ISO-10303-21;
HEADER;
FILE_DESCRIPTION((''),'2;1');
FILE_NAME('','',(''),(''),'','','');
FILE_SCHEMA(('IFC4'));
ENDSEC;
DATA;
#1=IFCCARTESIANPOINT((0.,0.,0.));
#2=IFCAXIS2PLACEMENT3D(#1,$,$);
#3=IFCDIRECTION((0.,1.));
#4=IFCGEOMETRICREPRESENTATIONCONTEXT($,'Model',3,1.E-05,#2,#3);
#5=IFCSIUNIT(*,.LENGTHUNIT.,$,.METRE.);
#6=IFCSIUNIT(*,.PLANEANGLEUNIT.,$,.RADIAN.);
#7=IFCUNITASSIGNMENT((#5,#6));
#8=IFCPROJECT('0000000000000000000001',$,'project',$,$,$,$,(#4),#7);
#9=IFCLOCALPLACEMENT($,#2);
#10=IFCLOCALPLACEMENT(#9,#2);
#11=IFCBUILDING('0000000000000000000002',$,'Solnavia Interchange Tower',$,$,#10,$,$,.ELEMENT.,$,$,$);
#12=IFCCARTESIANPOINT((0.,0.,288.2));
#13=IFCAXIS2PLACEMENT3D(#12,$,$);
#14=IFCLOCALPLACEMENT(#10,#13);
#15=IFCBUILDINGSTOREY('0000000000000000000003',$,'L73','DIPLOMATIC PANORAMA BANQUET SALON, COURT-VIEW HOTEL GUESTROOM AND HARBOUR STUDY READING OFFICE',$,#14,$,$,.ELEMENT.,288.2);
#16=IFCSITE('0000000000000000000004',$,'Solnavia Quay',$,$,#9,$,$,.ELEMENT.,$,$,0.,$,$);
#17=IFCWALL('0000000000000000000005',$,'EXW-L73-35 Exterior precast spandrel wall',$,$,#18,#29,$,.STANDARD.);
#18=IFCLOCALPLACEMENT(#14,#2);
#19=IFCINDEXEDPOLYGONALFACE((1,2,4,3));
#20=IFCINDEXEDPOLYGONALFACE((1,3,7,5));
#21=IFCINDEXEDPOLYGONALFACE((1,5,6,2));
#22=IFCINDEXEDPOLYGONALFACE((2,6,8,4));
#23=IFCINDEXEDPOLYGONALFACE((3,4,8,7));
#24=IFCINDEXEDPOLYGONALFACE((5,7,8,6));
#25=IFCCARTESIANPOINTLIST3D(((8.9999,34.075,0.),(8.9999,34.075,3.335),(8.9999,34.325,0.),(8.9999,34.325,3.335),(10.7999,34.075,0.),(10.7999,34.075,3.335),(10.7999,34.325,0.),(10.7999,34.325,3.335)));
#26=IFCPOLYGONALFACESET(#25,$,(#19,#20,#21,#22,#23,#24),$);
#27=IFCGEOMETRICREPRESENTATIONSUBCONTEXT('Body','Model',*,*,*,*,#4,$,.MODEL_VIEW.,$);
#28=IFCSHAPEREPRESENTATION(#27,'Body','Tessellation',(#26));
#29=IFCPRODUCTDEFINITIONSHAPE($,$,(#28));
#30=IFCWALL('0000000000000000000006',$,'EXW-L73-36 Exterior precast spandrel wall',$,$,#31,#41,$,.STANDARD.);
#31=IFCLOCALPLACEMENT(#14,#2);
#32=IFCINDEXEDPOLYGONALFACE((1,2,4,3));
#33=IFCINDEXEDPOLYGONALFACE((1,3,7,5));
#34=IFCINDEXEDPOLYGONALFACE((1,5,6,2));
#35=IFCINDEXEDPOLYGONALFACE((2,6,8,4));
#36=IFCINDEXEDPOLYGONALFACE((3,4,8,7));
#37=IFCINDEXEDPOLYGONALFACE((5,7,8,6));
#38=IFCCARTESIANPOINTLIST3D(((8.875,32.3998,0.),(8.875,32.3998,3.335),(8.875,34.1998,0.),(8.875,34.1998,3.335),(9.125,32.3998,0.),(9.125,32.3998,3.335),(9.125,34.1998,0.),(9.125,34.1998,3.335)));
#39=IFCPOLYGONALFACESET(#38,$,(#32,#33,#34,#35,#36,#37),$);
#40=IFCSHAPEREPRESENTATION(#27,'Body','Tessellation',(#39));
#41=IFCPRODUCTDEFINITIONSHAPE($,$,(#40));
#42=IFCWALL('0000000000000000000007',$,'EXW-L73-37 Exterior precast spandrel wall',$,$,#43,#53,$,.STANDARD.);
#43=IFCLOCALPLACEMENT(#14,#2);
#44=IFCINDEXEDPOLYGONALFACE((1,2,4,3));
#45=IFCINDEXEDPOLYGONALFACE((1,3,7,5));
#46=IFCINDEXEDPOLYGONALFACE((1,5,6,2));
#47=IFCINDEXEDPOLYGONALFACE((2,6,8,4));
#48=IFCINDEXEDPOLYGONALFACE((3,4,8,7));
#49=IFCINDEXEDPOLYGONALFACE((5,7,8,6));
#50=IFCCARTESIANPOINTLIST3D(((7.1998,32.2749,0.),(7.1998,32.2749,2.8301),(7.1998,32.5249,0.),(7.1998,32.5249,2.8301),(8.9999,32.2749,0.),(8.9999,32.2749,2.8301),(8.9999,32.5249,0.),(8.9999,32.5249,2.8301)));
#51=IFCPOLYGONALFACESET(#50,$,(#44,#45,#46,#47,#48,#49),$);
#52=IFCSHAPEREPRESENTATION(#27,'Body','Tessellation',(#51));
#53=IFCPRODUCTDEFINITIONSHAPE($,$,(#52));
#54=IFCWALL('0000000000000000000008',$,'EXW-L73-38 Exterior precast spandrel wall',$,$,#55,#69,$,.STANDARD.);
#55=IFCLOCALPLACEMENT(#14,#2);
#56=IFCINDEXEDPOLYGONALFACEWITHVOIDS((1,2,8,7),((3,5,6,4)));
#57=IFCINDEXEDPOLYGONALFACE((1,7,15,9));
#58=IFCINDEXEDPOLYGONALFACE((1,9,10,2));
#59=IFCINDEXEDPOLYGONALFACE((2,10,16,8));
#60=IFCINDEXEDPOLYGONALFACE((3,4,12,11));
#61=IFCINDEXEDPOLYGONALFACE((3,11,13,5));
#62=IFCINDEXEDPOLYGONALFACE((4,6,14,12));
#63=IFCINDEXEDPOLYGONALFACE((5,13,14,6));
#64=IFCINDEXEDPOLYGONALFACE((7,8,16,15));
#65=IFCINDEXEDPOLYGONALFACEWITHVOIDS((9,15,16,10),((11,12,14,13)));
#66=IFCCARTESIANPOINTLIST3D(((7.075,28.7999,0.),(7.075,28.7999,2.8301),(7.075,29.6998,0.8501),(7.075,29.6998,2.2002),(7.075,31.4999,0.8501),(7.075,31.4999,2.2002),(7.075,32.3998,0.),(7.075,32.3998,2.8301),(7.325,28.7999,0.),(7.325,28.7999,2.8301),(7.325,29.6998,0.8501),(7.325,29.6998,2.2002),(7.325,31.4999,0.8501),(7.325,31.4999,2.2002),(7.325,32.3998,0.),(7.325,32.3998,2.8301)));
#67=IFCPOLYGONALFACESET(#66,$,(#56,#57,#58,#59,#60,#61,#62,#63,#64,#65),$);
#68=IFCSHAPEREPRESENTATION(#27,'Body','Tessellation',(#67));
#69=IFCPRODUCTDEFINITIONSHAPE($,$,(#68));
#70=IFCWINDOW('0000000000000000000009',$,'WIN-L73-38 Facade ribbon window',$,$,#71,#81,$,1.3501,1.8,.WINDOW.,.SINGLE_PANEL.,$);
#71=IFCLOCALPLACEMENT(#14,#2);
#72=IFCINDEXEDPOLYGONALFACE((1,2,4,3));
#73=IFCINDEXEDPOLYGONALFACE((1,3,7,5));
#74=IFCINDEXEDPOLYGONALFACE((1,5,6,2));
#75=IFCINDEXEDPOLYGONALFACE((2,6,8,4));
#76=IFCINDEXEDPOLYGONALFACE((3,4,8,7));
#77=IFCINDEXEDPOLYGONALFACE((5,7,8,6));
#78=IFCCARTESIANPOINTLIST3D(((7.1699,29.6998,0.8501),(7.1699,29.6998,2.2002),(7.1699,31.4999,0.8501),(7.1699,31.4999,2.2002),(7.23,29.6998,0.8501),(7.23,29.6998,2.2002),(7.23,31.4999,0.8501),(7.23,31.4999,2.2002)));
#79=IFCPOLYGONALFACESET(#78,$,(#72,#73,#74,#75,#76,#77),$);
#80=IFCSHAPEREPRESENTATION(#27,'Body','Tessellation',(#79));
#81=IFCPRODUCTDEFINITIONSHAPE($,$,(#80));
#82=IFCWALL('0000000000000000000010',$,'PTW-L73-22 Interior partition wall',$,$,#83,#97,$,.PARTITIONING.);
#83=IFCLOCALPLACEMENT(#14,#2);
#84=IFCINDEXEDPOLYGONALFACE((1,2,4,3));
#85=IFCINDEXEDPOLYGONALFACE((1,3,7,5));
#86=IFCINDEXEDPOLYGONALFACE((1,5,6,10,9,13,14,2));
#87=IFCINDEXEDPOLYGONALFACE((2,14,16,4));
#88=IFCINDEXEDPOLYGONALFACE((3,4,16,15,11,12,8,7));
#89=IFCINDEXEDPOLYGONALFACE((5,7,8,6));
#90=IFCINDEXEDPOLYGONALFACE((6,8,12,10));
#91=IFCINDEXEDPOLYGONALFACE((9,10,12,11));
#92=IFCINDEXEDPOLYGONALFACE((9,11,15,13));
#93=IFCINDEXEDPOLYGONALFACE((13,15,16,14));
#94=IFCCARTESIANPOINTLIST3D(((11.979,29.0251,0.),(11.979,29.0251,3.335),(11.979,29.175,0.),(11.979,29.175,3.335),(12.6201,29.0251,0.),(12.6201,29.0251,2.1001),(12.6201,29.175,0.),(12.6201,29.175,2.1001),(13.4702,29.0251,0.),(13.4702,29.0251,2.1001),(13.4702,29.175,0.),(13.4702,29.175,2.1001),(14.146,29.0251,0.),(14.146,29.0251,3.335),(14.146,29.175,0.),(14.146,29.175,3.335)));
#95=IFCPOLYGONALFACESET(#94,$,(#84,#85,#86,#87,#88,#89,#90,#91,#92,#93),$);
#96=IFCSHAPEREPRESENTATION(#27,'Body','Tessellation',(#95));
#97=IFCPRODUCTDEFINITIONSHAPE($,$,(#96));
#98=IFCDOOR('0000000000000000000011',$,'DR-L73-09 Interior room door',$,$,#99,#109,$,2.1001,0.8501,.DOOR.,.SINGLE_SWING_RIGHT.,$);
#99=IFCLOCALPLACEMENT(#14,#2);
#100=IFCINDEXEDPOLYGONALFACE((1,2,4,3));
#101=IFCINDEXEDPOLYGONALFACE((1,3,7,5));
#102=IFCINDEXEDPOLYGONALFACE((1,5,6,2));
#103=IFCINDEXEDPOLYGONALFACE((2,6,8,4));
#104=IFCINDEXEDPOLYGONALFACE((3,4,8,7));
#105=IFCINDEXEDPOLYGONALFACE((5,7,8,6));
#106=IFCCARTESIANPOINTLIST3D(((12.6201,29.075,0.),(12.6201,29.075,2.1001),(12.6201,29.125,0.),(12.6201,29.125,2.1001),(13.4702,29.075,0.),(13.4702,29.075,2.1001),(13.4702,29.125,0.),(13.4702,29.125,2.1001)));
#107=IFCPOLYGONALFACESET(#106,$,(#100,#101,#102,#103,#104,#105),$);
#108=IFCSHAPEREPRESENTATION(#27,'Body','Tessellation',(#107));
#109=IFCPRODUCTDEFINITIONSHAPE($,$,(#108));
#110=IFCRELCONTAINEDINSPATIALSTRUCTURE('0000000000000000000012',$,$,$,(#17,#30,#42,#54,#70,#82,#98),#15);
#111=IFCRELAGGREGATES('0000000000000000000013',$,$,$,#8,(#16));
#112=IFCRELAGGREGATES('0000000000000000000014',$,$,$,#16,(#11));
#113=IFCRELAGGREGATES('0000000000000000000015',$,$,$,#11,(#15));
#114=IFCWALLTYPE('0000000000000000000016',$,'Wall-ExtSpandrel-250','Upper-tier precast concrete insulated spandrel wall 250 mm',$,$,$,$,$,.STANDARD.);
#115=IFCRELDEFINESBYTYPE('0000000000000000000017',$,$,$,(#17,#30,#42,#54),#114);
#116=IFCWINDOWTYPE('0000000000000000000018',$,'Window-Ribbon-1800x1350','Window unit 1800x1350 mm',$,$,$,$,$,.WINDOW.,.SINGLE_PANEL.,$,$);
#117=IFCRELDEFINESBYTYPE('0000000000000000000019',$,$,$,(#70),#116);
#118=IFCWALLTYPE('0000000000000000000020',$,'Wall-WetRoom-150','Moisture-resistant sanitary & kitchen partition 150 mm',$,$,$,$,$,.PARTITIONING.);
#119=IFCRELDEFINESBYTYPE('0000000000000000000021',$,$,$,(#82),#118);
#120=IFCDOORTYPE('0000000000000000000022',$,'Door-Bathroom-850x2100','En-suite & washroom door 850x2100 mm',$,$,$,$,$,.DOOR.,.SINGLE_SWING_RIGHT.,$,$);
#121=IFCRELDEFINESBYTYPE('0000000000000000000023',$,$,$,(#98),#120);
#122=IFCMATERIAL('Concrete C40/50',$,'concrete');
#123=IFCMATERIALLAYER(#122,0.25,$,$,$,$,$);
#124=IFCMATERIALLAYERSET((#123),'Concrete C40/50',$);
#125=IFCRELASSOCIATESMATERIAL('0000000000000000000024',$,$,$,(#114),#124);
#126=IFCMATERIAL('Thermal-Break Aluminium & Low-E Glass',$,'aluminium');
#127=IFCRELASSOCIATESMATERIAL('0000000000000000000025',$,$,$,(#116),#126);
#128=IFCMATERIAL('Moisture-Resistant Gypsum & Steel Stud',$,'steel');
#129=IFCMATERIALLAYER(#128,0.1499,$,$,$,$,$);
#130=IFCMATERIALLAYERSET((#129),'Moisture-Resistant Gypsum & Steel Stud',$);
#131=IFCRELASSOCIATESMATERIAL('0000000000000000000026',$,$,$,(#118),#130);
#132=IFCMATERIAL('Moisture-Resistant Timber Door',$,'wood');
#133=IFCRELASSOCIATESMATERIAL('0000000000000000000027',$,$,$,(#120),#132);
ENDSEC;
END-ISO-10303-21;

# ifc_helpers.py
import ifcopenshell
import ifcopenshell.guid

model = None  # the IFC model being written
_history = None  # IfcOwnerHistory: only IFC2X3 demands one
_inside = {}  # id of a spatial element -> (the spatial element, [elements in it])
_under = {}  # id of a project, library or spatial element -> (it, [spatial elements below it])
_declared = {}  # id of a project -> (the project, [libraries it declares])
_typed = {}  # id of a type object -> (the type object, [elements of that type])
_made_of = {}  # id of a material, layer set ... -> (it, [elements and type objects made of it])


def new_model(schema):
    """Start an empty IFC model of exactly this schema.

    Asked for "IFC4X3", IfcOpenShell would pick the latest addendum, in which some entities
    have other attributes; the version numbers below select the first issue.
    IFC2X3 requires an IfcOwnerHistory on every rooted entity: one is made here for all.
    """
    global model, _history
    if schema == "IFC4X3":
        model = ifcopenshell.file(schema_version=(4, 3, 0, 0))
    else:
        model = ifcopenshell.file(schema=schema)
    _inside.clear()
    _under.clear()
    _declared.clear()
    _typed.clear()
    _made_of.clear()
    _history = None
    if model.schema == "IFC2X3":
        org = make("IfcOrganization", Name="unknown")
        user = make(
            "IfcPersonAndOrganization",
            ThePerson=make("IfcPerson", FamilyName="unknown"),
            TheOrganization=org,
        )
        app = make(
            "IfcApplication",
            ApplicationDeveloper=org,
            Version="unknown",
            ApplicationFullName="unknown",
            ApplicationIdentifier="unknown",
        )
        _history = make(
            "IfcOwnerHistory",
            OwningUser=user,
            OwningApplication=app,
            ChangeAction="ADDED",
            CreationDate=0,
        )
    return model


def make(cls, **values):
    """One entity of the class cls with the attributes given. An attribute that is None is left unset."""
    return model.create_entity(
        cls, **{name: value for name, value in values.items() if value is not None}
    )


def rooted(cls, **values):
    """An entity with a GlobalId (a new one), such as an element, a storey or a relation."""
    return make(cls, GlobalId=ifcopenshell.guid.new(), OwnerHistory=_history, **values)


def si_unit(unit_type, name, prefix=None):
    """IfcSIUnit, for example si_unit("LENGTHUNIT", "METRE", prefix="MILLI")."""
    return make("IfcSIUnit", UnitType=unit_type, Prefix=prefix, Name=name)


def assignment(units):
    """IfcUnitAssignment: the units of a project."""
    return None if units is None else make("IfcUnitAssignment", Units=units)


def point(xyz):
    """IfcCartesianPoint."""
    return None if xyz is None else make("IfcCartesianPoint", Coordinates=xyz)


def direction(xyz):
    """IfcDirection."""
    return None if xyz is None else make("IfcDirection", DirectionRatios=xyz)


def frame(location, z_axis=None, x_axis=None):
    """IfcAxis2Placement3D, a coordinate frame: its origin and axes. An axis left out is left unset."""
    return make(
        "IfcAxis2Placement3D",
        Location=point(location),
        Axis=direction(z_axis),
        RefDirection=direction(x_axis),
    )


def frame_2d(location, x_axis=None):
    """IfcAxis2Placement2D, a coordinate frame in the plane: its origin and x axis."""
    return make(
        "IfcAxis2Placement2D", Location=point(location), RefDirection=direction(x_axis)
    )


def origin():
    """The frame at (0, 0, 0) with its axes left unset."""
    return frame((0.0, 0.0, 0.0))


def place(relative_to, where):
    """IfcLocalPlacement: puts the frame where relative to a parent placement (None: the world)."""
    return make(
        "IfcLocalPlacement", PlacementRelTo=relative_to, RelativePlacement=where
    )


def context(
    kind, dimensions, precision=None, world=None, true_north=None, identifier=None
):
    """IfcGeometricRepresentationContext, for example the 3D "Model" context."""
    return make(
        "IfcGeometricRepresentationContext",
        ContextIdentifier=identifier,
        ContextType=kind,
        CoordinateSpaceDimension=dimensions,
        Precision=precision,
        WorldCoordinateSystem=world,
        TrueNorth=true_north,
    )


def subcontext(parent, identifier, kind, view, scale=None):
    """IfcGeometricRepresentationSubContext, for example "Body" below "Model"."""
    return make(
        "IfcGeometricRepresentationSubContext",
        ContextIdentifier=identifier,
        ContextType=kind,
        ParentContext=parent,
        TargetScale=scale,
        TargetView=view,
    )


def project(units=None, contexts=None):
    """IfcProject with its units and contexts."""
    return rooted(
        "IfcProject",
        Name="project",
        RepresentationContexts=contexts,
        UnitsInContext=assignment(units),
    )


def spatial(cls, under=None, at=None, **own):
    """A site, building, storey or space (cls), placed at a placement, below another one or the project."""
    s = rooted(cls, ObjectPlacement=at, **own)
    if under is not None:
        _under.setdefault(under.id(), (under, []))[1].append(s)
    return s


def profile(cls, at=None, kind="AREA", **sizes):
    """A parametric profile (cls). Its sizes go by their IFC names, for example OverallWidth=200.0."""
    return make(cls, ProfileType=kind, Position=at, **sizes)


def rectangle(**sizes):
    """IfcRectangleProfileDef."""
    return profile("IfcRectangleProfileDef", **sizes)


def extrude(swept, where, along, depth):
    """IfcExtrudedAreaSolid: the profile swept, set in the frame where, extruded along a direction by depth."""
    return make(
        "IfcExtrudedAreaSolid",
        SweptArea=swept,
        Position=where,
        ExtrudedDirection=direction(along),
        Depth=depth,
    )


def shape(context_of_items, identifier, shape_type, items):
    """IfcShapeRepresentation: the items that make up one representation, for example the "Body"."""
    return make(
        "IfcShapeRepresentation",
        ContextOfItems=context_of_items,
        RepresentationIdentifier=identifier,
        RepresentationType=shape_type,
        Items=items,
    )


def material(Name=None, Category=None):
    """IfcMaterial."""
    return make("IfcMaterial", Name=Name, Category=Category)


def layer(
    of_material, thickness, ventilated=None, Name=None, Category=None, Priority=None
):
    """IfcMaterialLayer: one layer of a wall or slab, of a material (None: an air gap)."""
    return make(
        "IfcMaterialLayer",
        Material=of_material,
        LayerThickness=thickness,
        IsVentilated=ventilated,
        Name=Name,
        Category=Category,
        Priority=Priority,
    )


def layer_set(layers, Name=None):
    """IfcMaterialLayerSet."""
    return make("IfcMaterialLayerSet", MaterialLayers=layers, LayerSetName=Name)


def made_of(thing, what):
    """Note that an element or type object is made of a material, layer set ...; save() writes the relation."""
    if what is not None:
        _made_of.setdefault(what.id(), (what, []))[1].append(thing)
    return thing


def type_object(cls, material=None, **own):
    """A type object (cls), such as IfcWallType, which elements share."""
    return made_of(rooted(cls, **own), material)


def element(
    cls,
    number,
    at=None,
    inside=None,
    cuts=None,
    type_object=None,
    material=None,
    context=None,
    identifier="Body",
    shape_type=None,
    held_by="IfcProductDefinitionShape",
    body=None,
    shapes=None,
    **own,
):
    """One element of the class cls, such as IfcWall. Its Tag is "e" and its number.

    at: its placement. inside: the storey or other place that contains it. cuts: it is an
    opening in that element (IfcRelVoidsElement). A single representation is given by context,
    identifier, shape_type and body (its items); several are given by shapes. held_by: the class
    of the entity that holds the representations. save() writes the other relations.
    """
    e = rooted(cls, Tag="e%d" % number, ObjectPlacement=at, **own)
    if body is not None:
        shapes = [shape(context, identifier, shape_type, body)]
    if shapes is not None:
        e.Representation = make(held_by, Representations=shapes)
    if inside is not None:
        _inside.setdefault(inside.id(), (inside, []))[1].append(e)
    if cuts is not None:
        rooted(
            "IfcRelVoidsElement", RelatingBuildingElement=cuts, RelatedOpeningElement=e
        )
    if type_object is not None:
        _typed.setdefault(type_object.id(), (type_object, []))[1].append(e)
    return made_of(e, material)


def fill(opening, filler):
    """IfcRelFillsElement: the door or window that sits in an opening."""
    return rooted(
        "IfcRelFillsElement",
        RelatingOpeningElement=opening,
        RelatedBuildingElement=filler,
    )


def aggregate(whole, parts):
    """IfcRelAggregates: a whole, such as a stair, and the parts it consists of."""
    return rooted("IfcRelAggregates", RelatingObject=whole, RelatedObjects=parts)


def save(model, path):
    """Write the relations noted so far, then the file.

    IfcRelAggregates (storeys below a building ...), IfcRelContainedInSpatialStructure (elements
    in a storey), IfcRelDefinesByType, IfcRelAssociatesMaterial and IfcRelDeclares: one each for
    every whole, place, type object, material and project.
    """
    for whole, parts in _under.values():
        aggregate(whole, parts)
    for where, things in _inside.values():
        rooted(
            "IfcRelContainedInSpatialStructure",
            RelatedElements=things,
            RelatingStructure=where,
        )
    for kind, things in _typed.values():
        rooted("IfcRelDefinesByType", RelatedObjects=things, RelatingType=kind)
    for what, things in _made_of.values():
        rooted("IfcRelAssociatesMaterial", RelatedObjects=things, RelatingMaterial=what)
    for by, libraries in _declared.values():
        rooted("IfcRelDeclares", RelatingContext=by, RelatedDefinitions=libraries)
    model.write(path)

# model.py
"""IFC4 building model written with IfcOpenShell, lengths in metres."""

from ifc_helpers import new_model, si_unit, direction, frame, frame_2d, origin, place, context, subcontext, project, spatial, rectangle, extrude, material, layer, layer_set, type_object, element, fill, save


model = new_model("IFC4")

# Units and contexts
model_context = context("Model", 3, precision=1e-05, world=origin(), true_north=direction((0.0, 1.0)))
body_context = subcontext(model_context, "Body", "Model", "MODEL_VIEW")
ifc_project = project(units=[si_unit("LENGTHUNIT", "METRE"), si_unit("PLANEANGLEUNIT", "RADIAN")], contexts=[model_context])

# Site, building, storey
site_placement = place(None, origin())
site = spatial("IfcSite", under=ifc_project, at=site_placement, Name="Solnavia Quay", CompositionType="ELEMENT", RefElevation=0.0)
building_placement = place(site_placement, origin())
building = spatial("IfcBuilding", under=site, at=building_placement, Name="Solnavia Interchange Tower", CompositionType="ELEMENT")
storey_placement = place(building_placement, frame((0.0, 0.0, 288.2)))
storey = spatial("IfcBuildingStorey", under=building, at=storey_placement, Name="L73", Description="DIPLOMATIC PANORAMA BANQUET SALON, COURT-VIEW HOTEL GUESTROOM AND HARBOUR STUDY READING OFFICE", CompositionType="ELEMENT", Elevation=288.2)

# Walls
ifc_material_1 = material(Name="Concrete C40/50", Category="concrete")
ifc_layer_1 = layer(ifc_material_1, 0.25)
ifc_layer_set_1 = layer_set([ifc_layer_1], Name="Concrete C40/50")
wall_type_1 = type_object("IfcWallType", Name="Wall-ExtSpandrel-250", Description="Upper-tier precast concrete insulated spandrel wall 250 mm", PredefinedType="STANDARD", material=ifc_layer_set_1)
for number, where, z_axis, x_axis, name in (
    (1, (9.0, 34.2, 0.0), (0.0, 0.0, 1.0), (1.0, 0.0, 0.0), "EXW-L73-35 Exterior precast spandrel wall"),
    (2, (9.0, 32.3999, 0.0), (0.0, 0.0, 1.0), (0.0, 1.0, 0.0), "EXW-L73-36 Exterior precast spandrel wall"),
):
    element("IfcWall", number, at=place(storey_placement, frame(where, z_axis=z_axis, x_axis=x_axis)), inside=storey, type_object=wall_type_1, Name=name, PredefinedType="STANDARD", context=body_context, shape_type="SweptSolid", body=[
        extrude(rectangle(XDim=1.8, YDim=0.25, at=frame_2d((0.8999, 0.0))), origin(), (0.0, 0.0, 1.0), 3.335),
    ])
wall_1_placement = place(storey_placement, frame((7.2, 32.3999, 0.0), z_axis=(0.0, 0.0, 1.0), x_axis=(1.0, 0.0, 0.0)))
element("IfcWall", 3, at=wall_1_placement, inside=storey, type_object=wall_type_1, Name="EXW-L73-37 Exterior precast spandrel wall", PredefinedType="STANDARD", context=body_context, shape_type="SweptSolid", body=[
    extrude(rectangle(XDim=1.8, YDim=0.25, at=frame_2d((0.8999, 0.0))), origin(), (0.0, 0.0, 1.0), 2.8301),
])

# Wall, opening, window
wall_2_placement = place(storey_placement, frame((7.2, 28.8, 0.0), z_axis=(0.0, 0.0, 1.0), x_axis=(0.0, 1.0, 0.0)))
wall_2 = element("IfcWall", 4, at=wall_2_placement, inside=storey, type_object=wall_type_1, Name="EXW-L73-38 Exterior precast spandrel wall", PredefinedType="STANDARD", context=body_context, shape_type="SweptSolid", body=[
    extrude(rectangle(XDim=3.5999, YDim=0.25, at=frame_2d((1.7998, 0.0))), origin(), (0.0, 0.0, 1.0), 2.8301),
])
opening_1_placement = place(wall_2_placement, frame((0.8999, 0.0, 0.8501)))
opening_1 = element("IfcOpeningElement", 5, at=opening_1_placement, cuts=wall_2, PredefinedType="OPENING", context=body_context, shape_type="SweptSolid", body=[
    extrude(rectangle(XDim=1.8, YDim=1.3501, at=frame_2d((0.8999, 0.675))), frame((0.0, 0.135, 0.0), z_axis=(0.0, -1.0, 0.0), x_axis=(1.0, 0.0, 0.0)), (0.0, 0.0, 1.0), 0.27),
])
ifc_material_2 = material(Name="Thermal-Break Aluminium & Low-E Glass", Category="aluminium")
window_type = type_object("IfcWindowType", Name="Window-Ribbon-1800x1350", Description="Window unit 1800x1350 mm", PartitioningType="SINGLE_PANEL", PredefinedType="WINDOW", material=ifc_material_2)
window_placement = place(opening_1_placement, origin())
window = element("IfcWindow", 6, at=window_placement, inside=storey, type_object=window_type, Name="WIN-L73-38 Facade ribbon window", OverallHeight=1.3501, OverallWidth=1.8, PartitioningType="SINGLE_PANEL", PredefinedType="WINDOW", context=body_context, shape_type="SweptSolid", body=[
    extrude(rectangle(XDim=1.8, YDim=1.3501, at=frame_2d((0.8999, 0.675))), frame((0.0, 0.03, 0.0), z_axis=(0.0, -1.0, 0.0), x_axis=(1.0, 0.0, 0.0)), (0.0, 0.0, 1.0), 0.0601),
])
fill(opening_1, window)

# Wall, opening, door
ifc_material_3 = material(Name="Moisture-Resistant Gypsum & Steel Stud", Category="steel")
ifc_layer_2 = layer(ifc_material_3, 0.1499)
ifc_layer_set_2 = layer_set([ifc_layer_2], Name="Moisture-Resistant Gypsum & Steel Stud")
wall_type_2 = type_object("IfcWallType", Name="Wall-WetRoom-150", Description="Moisture-resistant sanitary & kitchen partition 150 mm", PredefinedType="PARTITIONING", material=ifc_layer_set_2)
wall_3_placement = place(storey_placement, frame((11.979, 29.1001, 0.0), z_axis=(0.0, 0.0, 1.0), x_axis=(1.0, 0.0, 0.0)))
wall_3 = element("IfcWall", 7, at=wall_3_placement, inside=storey, type_object=wall_type_2, Name="PTW-L73-22 Interior partition wall", PredefinedType="PARTITIONING", context=body_context, shape_type="SweptSolid", body=[
    extrude(rectangle(XDim=2.167, YDim=0.1499, at=frame_2d((1.0835, 0.0))), origin(), (0.0, 0.0, 1.0), 3.335),
])
opening_2_placement = place(wall_3_placement, frame((0.6411, 0.0, 0.0)))
opening_2 = element("IfcOpeningElement", 8, at=opening_2_placement, cuts=wall_3, PredefinedType="OPENING", context=body_context, shape_type="SweptSolid", body=[
    extrude(rectangle(XDim=0.8501, YDim=2.1001, at=frame_2d((0.425, 1.05))), frame((0.0, 0.085, 0.0), z_axis=(0.0, -1.0, 0.0), x_axis=(1.0, 0.0, 0.0)), (0.0, 0.0, 1.0), 0.1699),
])
ifc_material_4 = material(Name="Moisture-Resistant Timber Door", Category="wood")
door_type = type_object("IfcDoorType", Name="Door-Bathroom-850x2100", Description="En-suite & washroom door 850x2100 mm", OperationType="SINGLE_SWING_RIGHT", PredefinedType="DOOR", material=ifc_material_4)
door_placement = place(opening_2_placement, origin())
door = element("IfcDoor", 9, at=door_placement, inside=storey, type_object=door_type, Name="DR-L73-09 Interior room door", OperationType="SINGLE_SWING_RIGHT", OverallHeight=2.1001, OverallWidth=0.8501, PredefinedType="DOOR", context=body_context, shape_type="SweptSolid", body=[
    extrude(rectangle(XDim=0.8501, YDim=2.1001, at=frame_2d((0.425, 1.05))), frame((0.0, 0.0249, 0.0), z_axis=(0.0, -1.0, 0.0), x_axis=(1.0, 0.0, 0.0)), (0.0, 0.0, 1.0), 0.05),
])
fill(opening_2, door)

save(model, "model.ifc")
